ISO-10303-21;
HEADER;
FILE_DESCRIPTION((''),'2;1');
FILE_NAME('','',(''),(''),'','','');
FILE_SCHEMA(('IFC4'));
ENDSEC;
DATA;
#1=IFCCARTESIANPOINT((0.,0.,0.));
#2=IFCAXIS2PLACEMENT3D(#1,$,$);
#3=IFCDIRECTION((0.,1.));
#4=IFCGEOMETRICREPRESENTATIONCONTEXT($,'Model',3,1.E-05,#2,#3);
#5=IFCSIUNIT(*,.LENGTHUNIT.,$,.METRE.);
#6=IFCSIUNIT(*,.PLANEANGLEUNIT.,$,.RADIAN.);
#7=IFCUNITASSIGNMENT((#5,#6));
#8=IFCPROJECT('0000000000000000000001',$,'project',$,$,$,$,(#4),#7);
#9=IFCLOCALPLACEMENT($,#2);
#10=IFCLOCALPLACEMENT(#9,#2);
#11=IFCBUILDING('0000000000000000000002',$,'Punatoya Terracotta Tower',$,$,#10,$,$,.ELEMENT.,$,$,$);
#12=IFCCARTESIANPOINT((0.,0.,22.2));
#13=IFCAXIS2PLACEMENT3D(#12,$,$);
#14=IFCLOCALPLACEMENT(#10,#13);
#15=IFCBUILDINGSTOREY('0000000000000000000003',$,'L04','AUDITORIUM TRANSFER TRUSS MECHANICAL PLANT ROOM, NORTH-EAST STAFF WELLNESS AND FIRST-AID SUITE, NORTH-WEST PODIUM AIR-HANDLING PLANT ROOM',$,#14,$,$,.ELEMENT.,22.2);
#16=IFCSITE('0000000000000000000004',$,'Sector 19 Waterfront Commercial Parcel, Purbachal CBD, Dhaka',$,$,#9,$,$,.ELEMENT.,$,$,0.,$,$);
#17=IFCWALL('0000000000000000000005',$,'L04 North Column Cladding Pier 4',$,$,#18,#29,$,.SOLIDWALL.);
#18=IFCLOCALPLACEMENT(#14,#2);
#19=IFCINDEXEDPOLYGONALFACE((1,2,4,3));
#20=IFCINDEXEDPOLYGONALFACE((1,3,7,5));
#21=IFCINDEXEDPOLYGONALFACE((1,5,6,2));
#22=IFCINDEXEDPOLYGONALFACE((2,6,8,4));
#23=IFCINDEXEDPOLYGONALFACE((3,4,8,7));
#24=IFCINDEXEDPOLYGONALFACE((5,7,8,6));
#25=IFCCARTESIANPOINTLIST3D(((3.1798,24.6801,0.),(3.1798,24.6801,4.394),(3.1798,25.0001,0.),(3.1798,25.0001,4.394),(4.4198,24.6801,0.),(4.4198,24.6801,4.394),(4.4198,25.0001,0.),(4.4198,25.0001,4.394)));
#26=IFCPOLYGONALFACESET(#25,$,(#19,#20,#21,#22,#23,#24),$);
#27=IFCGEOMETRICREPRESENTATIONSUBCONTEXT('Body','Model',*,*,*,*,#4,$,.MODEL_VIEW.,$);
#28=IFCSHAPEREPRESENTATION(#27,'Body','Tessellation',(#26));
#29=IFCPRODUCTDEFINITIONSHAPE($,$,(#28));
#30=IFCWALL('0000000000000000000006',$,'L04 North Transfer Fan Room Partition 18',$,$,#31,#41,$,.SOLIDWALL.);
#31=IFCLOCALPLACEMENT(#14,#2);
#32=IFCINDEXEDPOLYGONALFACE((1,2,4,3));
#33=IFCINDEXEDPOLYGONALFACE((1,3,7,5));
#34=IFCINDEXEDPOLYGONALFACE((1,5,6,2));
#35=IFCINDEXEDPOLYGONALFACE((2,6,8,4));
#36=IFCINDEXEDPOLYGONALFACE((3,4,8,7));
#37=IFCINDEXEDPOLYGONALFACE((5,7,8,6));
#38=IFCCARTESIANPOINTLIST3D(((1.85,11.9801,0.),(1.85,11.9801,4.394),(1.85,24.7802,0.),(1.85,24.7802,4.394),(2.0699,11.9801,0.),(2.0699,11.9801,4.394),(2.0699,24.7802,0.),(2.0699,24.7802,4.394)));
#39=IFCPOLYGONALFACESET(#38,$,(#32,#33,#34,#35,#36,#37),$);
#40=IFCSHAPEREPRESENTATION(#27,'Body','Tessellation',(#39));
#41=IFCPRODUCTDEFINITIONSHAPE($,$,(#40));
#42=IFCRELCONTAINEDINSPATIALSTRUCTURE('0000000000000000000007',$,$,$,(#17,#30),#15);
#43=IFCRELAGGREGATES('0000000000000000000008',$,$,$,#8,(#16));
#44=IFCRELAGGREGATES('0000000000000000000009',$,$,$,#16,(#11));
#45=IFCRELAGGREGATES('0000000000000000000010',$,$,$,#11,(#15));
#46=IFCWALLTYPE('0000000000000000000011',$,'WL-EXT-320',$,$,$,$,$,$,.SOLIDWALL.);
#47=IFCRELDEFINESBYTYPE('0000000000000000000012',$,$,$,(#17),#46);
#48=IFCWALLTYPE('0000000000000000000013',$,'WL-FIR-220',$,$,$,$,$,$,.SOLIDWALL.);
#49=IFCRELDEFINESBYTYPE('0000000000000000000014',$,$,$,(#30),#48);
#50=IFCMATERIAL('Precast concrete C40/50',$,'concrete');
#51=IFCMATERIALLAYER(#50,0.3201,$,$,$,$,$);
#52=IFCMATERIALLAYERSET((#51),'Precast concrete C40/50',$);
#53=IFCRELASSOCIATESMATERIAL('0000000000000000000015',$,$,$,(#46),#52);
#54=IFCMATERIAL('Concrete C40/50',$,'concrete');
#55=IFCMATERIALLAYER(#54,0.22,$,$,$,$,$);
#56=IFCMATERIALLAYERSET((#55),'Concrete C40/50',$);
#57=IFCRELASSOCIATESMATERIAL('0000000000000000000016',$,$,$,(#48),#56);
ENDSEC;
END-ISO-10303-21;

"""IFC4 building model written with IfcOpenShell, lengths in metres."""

from ifc_helpers import new_model, si_unit, direction, frame, frame_2d, origin, place, context, subcontext, project, spatial, rectangle, extrude, material, layer, layer_set, type_object, element, save


model = new_model("IFC4")

# Units and contexts
model_context = context("Model", 3, precision=1e-05, world=origin(), true_north=direction((0.0, 1.0)))
body_context = subcontext(model_context, "Body", "Model", "MODEL_VIEW")
ifc_project = project(units=[si_unit("LENGTHUNIT", "METRE"), si_unit("PLANEANGLEUNIT", "RADIAN")], contexts=[model_context])

# Site, building, storey
site_placement = place(None, origin())
site = spatial("IfcSite", under=ifc_project, at=site_placement, Name="Sector 19 Waterfront Commercial Parcel, Purbachal CBD, Dhaka", CompositionType="ELEMENT", RefElevation=0.0)
building_placement = place(site_placement, origin())
building = spatial("IfcBuilding", under=site, at=building_placement, Name="Punatoya Terracotta Tower", CompositionType="ELEMENT")
storey_placement = place(building_placement, frame((0.0, 0.0, 22.2)))
storey = spatial("IfcBuildingStorey", under=building, at=storey_placement, Name="L04", Description="AUDITORIUM TRANSFER TRUSS MECHANICAL PLANT ROOM, NORTH-EAST STAFF WELLNESS AND FIRST-AID SUITE, NORTH-WEST PODIUM AIR-HANDLING PLANT ROOM", CompositionType="ELEMENT", Elevation=22.2)

# Walls
ifc_material_1 = material(Name="Precast concrete C40/50", Category="concrete")
ifc_layer_1 = layer(ifc_material_1, 0.3201)
ifc_layer_set_1 = layer_set([ifc_layer_1], Name="Precast concrete C40/50")
wall_type_1 = type_object("IfcWallType", Name="WL-EXT-320", PredefinedType="SOLIDWALL", material=ifc_layer_set_1)
wall_1_placement = place(storey_placement, frame((4.4199, 24.8401, 0.0), z_axis=(0.0, 0.0, 1.0), x_axis=(-1.0, 0.0, 0.0)))
element("IfcWall", 1, at=wall_1_placement, inside=storey, type_object=wall_type_1, Name="L04 North Column Cladding Pier 4", PredefinedType="SOLIDWALL", context=body_context, shape_type="SweptSolid", body=[
    extrude(rectangle(XDim=1.24, YDim=0.3201, at=frame_2d((0.6201, 0.0))), origin(), (0.0, 0.0, 1.0), 4.394),
])
ifc_material_2 = material(Name="Concrete C40/50", Category="concrete")
ifc_layer_2 = layer(ifc_material_2, 0.22)
ifc_layer_set_2 = layer_set([ifc_layer_2], Name="Concrete C40/50")
wall_type_2 = type_object("IfcWallType", Name="WL-FIR-220", PredefinedType="SOLIDWALL", material=ifc_layer_set_2)
wall_2_placement = place(storey_placement, frame((1.96, 24.78, 0.0), z_axis=(0.0, 0.0, 1.0), x_axis=(0.0, -1.0, 0.0)))
element("IfcWall", 2, at=wall_2_placement, inside=storey, type_object=wall_type_2, Name="L04 North Transfer Fan Room Partition 18", PredefinedType="SOLIDWALL", context=body_context, shape_type="SweptSolid", body=[
    extrude(rectangle(XDim=12.8, YDim=0.22, at=frame_2d((6.3999, 0.0))), origin(), (0.0, 0.0, 1.0), 4.394),
])

save(model, "model.ifc")
